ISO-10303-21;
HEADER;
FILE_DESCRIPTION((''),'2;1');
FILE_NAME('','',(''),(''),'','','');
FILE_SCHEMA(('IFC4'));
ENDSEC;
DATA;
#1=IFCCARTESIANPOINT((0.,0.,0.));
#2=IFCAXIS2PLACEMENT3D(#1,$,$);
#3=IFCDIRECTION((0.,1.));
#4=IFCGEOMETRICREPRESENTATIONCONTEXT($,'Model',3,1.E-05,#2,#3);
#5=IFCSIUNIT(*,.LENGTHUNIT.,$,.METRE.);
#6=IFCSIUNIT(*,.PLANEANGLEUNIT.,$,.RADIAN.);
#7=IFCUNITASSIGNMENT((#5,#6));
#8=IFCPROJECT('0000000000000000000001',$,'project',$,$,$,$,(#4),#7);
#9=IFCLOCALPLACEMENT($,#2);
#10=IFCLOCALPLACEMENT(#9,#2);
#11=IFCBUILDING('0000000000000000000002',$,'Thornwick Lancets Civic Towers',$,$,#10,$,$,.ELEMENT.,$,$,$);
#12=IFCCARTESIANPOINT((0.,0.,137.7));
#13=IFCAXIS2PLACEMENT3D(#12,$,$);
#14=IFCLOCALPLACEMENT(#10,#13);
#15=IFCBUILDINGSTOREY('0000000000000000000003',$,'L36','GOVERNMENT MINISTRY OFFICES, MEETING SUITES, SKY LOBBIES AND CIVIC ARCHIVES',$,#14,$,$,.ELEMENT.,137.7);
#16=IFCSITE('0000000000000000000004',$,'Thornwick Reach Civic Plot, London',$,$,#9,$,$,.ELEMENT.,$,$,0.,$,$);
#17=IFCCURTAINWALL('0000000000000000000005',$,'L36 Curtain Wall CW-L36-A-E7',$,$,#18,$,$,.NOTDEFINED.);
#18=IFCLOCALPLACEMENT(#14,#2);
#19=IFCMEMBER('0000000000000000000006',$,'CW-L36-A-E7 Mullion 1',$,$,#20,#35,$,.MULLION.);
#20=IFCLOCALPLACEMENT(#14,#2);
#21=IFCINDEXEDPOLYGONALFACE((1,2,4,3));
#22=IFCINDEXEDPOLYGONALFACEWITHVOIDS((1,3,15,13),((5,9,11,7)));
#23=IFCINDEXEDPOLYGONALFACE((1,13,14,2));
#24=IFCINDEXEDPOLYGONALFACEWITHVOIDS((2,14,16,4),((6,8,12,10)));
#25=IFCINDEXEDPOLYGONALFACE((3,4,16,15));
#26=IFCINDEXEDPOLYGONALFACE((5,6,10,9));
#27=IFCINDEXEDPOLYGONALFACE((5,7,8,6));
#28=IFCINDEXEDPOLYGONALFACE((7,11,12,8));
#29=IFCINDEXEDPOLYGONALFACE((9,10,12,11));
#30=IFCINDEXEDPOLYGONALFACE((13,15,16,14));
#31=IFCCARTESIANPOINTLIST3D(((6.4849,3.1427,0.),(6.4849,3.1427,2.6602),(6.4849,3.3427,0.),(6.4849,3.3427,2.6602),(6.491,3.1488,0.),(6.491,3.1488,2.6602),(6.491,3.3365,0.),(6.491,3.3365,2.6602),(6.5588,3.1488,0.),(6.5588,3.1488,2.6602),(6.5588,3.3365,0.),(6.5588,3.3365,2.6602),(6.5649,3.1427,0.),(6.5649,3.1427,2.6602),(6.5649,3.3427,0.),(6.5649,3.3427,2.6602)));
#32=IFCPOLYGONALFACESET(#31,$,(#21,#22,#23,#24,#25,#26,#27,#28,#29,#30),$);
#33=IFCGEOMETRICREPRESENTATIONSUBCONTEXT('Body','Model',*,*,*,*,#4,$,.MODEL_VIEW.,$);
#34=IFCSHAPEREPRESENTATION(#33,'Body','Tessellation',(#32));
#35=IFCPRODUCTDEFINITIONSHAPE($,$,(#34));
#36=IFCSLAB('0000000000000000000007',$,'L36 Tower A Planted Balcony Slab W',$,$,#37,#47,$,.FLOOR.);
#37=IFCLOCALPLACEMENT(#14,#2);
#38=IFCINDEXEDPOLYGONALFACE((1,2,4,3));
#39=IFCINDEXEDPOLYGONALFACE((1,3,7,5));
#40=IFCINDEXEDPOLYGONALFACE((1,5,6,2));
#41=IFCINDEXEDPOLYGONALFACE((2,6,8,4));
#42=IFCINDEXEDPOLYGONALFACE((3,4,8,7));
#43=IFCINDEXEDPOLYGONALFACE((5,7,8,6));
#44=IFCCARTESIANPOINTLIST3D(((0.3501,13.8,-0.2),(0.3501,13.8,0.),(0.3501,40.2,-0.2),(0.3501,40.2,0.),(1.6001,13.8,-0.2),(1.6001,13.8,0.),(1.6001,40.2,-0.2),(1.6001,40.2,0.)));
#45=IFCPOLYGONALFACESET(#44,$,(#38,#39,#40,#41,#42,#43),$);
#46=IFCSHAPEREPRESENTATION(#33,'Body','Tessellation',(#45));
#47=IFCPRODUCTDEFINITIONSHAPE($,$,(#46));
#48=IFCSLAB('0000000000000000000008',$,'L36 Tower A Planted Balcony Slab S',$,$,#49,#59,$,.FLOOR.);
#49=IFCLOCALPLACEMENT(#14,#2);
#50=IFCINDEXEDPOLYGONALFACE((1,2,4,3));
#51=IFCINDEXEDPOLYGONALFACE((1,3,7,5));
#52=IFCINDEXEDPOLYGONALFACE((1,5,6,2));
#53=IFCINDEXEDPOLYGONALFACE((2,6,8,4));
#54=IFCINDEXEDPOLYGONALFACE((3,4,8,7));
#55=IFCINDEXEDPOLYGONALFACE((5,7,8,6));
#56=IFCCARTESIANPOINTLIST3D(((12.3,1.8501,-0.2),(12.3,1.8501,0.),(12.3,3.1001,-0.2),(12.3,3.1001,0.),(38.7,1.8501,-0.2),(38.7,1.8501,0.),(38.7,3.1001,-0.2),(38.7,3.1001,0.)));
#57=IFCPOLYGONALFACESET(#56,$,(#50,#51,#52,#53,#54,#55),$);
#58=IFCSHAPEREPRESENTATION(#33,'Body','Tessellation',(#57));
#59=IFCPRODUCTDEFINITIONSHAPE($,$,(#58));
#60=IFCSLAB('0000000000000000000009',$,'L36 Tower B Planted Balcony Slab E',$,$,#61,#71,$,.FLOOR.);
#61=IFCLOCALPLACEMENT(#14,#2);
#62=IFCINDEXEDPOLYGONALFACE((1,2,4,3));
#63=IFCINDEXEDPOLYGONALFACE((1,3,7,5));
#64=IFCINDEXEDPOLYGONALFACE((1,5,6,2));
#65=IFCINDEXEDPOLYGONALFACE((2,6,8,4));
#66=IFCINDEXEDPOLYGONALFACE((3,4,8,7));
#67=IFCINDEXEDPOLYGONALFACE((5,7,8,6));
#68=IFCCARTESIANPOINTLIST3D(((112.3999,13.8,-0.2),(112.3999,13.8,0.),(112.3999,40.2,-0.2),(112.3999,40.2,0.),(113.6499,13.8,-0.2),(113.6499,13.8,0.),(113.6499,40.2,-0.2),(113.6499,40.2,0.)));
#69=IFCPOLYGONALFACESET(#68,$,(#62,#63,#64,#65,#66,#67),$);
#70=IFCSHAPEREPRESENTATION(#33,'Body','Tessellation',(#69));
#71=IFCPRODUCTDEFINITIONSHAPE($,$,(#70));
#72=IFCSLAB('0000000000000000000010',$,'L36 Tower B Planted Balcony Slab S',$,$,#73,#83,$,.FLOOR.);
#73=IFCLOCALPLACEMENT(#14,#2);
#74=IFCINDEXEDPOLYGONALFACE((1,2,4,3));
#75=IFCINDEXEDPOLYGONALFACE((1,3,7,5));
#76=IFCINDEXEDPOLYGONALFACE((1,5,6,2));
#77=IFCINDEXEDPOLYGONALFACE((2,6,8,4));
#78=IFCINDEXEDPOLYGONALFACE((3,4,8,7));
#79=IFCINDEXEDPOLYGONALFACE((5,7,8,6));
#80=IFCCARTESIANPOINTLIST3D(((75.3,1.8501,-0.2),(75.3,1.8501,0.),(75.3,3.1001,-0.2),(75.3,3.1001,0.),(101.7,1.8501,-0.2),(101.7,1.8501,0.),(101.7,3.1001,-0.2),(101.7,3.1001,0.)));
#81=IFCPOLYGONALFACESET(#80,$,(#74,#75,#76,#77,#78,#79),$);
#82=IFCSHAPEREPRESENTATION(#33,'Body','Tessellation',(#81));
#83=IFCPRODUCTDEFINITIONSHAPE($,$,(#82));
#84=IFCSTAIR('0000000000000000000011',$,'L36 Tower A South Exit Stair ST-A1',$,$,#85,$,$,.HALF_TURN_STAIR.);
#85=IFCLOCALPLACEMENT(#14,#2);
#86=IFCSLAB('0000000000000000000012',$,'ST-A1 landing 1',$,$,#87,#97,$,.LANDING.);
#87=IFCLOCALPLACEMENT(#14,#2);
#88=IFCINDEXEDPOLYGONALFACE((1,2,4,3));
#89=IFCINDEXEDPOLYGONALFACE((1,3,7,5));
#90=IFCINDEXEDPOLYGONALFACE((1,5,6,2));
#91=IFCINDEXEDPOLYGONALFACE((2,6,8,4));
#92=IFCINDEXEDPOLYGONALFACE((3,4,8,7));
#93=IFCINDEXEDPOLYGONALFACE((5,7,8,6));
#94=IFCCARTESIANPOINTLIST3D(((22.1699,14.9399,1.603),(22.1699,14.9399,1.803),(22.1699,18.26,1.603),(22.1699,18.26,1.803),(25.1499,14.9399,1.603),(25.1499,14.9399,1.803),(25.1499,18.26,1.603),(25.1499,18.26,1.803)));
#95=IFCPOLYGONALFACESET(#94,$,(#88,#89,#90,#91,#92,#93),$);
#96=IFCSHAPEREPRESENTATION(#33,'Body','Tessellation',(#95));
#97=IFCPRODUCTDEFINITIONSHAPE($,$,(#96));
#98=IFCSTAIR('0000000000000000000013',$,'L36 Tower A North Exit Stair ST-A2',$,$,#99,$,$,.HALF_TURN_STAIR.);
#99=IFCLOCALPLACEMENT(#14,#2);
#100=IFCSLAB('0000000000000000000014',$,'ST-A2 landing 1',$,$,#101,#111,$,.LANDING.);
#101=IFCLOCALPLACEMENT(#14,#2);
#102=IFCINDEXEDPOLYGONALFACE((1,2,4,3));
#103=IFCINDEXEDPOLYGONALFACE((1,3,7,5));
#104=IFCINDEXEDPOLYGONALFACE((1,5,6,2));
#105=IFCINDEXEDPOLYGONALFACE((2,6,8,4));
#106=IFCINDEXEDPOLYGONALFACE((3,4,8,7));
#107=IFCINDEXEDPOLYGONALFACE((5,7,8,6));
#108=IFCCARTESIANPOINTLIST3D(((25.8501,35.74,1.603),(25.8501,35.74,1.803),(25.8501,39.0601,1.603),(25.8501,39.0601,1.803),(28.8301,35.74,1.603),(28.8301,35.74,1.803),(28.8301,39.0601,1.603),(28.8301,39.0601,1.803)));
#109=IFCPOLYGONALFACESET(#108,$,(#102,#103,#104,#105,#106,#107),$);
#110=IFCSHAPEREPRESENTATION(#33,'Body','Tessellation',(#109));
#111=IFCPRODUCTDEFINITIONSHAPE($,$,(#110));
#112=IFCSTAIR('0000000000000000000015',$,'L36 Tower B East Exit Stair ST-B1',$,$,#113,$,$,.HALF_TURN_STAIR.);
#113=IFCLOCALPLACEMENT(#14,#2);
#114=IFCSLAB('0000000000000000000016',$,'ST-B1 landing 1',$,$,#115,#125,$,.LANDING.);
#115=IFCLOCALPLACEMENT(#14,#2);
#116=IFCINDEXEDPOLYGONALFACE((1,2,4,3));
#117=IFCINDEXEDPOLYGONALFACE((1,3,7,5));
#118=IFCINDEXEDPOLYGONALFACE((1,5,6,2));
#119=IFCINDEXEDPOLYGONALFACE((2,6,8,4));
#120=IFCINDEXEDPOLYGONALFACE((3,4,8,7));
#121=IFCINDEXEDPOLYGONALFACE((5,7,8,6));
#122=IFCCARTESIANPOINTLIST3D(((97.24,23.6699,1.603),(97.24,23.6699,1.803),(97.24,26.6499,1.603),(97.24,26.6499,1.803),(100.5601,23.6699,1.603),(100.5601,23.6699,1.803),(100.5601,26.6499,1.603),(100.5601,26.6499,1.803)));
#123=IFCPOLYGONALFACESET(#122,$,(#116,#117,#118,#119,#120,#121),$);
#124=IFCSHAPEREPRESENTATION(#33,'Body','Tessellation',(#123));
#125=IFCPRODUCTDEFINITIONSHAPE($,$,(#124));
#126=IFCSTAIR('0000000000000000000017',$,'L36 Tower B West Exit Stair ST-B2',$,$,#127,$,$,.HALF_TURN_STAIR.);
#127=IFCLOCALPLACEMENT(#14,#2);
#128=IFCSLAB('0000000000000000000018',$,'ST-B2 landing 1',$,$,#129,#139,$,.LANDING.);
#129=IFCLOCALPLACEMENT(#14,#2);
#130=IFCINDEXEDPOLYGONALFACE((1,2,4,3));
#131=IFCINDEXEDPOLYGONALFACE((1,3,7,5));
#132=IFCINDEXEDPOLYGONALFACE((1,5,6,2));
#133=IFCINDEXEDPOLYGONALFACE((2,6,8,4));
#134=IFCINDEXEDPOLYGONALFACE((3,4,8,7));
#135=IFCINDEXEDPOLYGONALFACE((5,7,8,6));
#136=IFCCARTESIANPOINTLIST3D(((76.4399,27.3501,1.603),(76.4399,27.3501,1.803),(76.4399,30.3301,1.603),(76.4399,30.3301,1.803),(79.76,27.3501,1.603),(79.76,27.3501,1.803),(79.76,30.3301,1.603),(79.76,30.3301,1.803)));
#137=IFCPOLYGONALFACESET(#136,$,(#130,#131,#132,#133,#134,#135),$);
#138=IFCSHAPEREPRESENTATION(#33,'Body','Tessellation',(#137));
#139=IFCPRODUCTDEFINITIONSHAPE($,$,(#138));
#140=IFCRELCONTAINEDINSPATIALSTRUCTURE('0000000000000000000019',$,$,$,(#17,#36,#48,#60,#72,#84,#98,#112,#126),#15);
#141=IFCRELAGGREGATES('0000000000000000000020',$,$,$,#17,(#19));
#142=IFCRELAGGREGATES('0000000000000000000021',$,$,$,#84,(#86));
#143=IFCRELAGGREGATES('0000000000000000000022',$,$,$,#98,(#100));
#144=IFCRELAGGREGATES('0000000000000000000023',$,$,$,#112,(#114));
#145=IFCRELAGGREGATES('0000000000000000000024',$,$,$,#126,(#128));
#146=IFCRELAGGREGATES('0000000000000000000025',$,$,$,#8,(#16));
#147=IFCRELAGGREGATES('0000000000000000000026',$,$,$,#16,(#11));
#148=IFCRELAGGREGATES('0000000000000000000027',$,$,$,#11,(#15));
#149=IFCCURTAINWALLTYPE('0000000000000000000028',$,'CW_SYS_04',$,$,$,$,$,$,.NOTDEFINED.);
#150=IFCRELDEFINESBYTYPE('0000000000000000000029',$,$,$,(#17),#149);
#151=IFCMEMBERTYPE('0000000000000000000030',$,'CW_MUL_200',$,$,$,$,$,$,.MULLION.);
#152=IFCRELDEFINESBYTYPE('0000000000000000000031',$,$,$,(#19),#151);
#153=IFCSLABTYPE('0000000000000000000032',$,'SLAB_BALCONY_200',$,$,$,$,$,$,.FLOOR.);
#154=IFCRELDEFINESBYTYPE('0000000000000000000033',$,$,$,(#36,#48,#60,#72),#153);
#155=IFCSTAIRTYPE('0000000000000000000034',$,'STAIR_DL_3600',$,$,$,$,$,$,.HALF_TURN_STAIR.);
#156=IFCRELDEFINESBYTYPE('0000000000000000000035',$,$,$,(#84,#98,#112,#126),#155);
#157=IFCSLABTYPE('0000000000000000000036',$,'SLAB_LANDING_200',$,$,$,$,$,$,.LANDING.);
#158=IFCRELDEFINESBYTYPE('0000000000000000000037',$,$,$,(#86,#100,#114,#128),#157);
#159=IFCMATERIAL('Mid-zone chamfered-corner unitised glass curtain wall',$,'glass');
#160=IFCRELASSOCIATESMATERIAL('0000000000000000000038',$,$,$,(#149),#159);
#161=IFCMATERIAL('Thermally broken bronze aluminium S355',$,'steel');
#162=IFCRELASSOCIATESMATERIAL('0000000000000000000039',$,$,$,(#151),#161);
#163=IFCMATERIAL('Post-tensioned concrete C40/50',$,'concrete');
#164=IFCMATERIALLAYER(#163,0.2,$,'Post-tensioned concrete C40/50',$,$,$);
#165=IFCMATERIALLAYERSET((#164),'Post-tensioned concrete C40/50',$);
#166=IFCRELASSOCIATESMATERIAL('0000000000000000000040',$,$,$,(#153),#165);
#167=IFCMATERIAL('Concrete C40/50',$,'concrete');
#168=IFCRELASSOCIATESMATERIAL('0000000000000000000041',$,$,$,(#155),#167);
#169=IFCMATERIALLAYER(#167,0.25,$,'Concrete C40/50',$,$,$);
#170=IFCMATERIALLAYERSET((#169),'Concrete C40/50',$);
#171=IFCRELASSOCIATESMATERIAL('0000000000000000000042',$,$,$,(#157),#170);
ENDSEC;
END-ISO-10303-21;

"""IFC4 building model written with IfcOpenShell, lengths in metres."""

from ifc_helpers import new_model, si_unit, direction, frame, origin, origin_2d, place, context, subcontext, project, spatial, polyline, hollow_rectangle, outline, extrude, material, layer, layer_set, material_profile, profile_set, type_object, element, aggregate, save


model = new_model("IFC4")

# Units and contexts
model_context = context("Model", 3, precision=1e-05, world=origin(), true_north=direction((0.0, 1.0)))
body_context = subcontext(model_context, "Body", "Model", "MODEL_VIEW")
ifc_project = project(units=[si_unit("LENGTHUNIT", "METRE"), si_unit("PLANEANGLEUNIT", "RADIAN")], contexts=[model_context])

# Site, building, storey
site_placement = place(None, origin())
site = spatial("IfcSite", under=ifc_project, at=site_placement, Name="Thornwick Reach Civic Plot, London", CompositionType="ELEMENT", RefElevation=0.0)
building_placement = place(site_placement, origin())
building = spatial("IfcBuilding", under=site, at=building_placement, Name="Thornwick Lancets Civic Towers", CompositionType="ELEMENT")
storey_placement = place(building_placement, frame((0.0, 0.0, 137.7)))
storey = spatial("IfcBuildingStorey", under=building, at=storey_placement, Name="L36", Description="GOVERNMENT MINISTRY OFFICES, MEETING SUITES, SKY LOBBIES AND CIVIC ARCHIVES", CompositionType="ELEMENT", Elevation=137.7)

# Curtain wall, member
ifc_material_1 = material(Name="Mid-zone chamfered-corner unitised glass curtain wall", Category="glass")
curtain_wall_type = type_object("IfcCurtainWallType", Name="CW_SYS_04", PredefinedType="NOTDEFINED", material=ifc_material_1)
curtain_wall_placement = place(storey_placement, origin())
curtain_wall = element("IfcCurtainWall", 1, at=curtain_wall_placement, inside=storey, type_object=curtain_wall_type, Name="L36 Curtain Wall CW-L36-A-E7", PredefinedType="NOTDEFINED")
ifc_material_2 = material(Name="Thermally broken bronze aluminium S355", Category="steel")
ifc_material_profile = material_profile(ifc_material_2, hollow_rectangle(XDim=0.0801, YDim=0.2, WallThickness=0.0061, at=origin_2d()), Name="RHS 200x80x6")
ifc_profile_set = profile_set([ifc_material_profile], Name="Thermally broken bronze aluminium S355")
member_type = type_object("IfcMemberType", Name="CW_MUL_200", PredefinedType="MULLION", material=ifc_profile_set)
member_placement = place(storey_placement, frame((6.5249, 3.2427, 0.0), z_axis=(0.0, 0.0, 1.0), x_axis=(1.0, 0.0, 0.0)))
member = element("IfcMember", 2, at=member_placement, type_object=member_type, Name="CW-L36-A-E7 Mullion 1", PredefinedType="MULLION", context=body_context, shape_type="SweptSolid", body=[
    extrude(hollow_rectangle(XDim=0.0801, YDim=0.2, WallThickness=0.0061, at=origin_2d()), origin(), (0.0, 0.0, 1.0), 2.6602),
])
aggregate(curtain_wall, [member])

# Slabs
ifc_material_3 = material(Name="Post-tensioned concrete C40/50", Category="concrete")
ifc_layer_1 = layer(ifc_material_3, 0.2, Name="Post-tensioned concrete C40/50")
ifc_layer_set_1 = layer_set([ifc_layer_1], Name="Post-tensioned concrete C40/50")
slab_type_1 = type_object("IfcSlabType", Name="SLAB_BALCONY_200", PredefinedType="FLOOR", material=ifc_layer_set_1)
slab_1_placement = place(storey_placement, frame((0.0, 0.0, -0.2)))
element("IfcSlab", 3, at=slab_1_placement, inside=storey, type_object=slab_type_1, Name="L36 Tower A Planted Balcony Slab W", PredefinedType="FLOOR", context=body_context, shape_type="SweptSolid", body=[
    extrude(outline(polyline([(0.3501, 13.8), (1.6001, 13.8), (1.6001, 40.2), (0.3501, 40.2), (0.3501, 13.8)])), origin(), (0.0, 0.0, 1.0), 0.2),
])
slab_2_placement = place(storey_placement, frame((0.0, 0.0, -0.2)))
element("IfcSlab", 4, at=slab_2_placement, inside=storey, type_object=slab_type_1, Name="L36 Tower A Planted Balcony Slab S", PredefinedType="FLOOR", context=body_context, shape_type="SweptSolid", body=[
    extrude(outline(polyline([(12.3, 1.8501), (38.7, 1.8501), (38.7, 3.1001), (12.3, 3.1001), (12.3, 1.8501)])), origin(), (0.0, 0.0, 1.0), 0.2),
])
slab_3_placement = place(storey_placement, frame((0.0, 0.0, -0.2)))
element("IfcSlab", 5, at=slab_3_placement, inside=storey, type_object=slab_type_1, Name="L36 Tower B Planted Balcony Slab E", PredefinedType="FLOOR", context=body_context, shape_type="SweptSolid", body=[
    extrude(outline(polyline([(112.3999, 13.8), (113.6499, 13.8), (113.6499, 40.2), (112.3999, 40.2), (112.3999, 13.8)])), origin(), (0.0, 0.0, 1.0), 0.2),
])
slab_4_placement = place(storey_placement, frame((0.0, 0.0, -0.2)))
element("IfcSlab", 6, at=slab_4_placement, inside=storey, type_object=slab_type_1, Name="L36 Tower B Planted Balcony Slab S", PredefinedType="FLOOR", context=body_context, shape_type="SweptSolid", body=[
    extrude(outline(polyline([(75.3, 1.8501), (101.7, 1.8501), (101.7, 3.1001), (75.3, 3.1001), (75.3, 1.8501)])), origin(), (0.0, 0.0, 1.0), 0.2),
])

# Stairs, slabs
ifc_material_4 = material(Name="Concrete C40/50", Category="concrete")
stair_type = type_object("IfcStairType", Name="STAIR_DL_3600", PredefinedType="HALF_TURN_STAIR", material=ifc_material_4)
stair_1_placement = place(storey_placement, origin())
stair_1 = element("IfcStair", 7, at=stair_1_placement, inside=storey, type_object=stair_type, Name="L36 Tower A South Exit Stair ST-A1", PredefinedType="HALF_TURN_STAIR")
ifc_layer_2 = layer(ifc_material_4, 0.25, Name="Concrete C40/50")
ifc_layer_set_2 = layer_set([ifc_layer_2], Name="Concrete C40/50")
slab_type_2 = type_object("IfcSlabType", Name="SLAB_LANDING_200", PredefinedType="LANDING", material=ifc_layer_set_2)
slab_5_placement = place(storey_placement, frame((0.0, 0.0, 1.603)))
slab_5 = element("IfcSlab", 8, at=slab_5_placement, type_object=slab_type_2, Name="ST-A1 landing 1", PredefinedType="LANDING", context=body_context, shape_type="SweptSolid", body=[
    extrude(outline(polyline([(22.1699, 14.9399), (25.1499, 14.9399), (25.1499, 18.26), (22.1699, 18.26), (22.1699, 14.9399)])), origin(), (0.0, 0.0, 1.0), 0.2),
])
aggregate(stair_1, [slab_5])
stair_2_placement = place(storey_placement, origin())
stair_2 = element("IfcStair", 9, at=stair_2_placement, inside=storey, type_object=stair_type, Name="L36 Tower A North Exit Stair ST-A2", PredefinedType="HALF_TURN_STAIR")
slab_6_placement = place(storey_placement, frame((0.0, 0.0, 1.603)))
slab_6 = element("IfcSlab", 10, at=slab_6_placement, type_object=slab_type_2, Name="ST-A2 landing 1", PredefinedType="LANDING", context=body_context, shape_type="SweptSolid", body=[
    extrude(outline(polyline([(28.8301, 39.0601), (25.8501, 39.0601), (25.8501, 35.74), (28.8301, 35.74), (28.8301, 39.0601)])), origin(), (0.0, 0.0, 1.0), 0.2),
])
aggregate(stair_2, [slab_6])
stair_3_placement = place(storey_placement, origin())
stair_3 = element("IfcStair", 11, at=stair_3_placement, inside=storey, type_object=stair_type, Name="L36 Tower B East Exit Stair ST-B1", PredefinedType="HALF_TURN_STAIR")
slab_7_placement = place(storey_placement, frame((0.0, 0.0, 1.603)))
slab_7 = element("IfcSlab", 12, at=slab_7_placement, type_object=slab_type_2, Name="ST-B1 landing 1", PredefinedType="LANDING", context=body_context, shape_type="SweptSolid", body=[
    extrude(outline(polyline([(100.5601, 23.6699), (100.5601, 26.6499), (97.24, 26.6499), (97.24, 23.6699), (100.5601, 23.6699)])), origin(), (0.0, 0.0, 1.0), 0.2),
])
aggregate(stair_3, [slab_7])
stair_4_placement = place(storey_placement, origin())
stair_4 = element("IfcStair", 13, at=stair_4_placement, inside=storey, type_object=stair_type, Name="L36 Tower B West Exit Stair ST-B2", PredefinedType="HALF_TURN_STAIR")
slab_8_placement = place(storey_placement, frame((0.0, 0.0, 1.603)))
slab_8 = element("IfcSlab", 14, at=slab_8_placement, type_object=slab_type_2, Name="ST-B2 landing 1", PredefinedType="LANDING", context=body_context, shape_type="SweptSolid", body=[
    extrude(outline(polyline([(76.4399, 30.3301), (76.4399, 27.3501), (79.76, 27.3501), (79.76, 30.3301), (76.4399, 30.3301)])), origin(), (0.0, 0.0, 1.0), 0.2),
])
aggregate(stair_4, [slab_8])

save(model, "model.ifc")
